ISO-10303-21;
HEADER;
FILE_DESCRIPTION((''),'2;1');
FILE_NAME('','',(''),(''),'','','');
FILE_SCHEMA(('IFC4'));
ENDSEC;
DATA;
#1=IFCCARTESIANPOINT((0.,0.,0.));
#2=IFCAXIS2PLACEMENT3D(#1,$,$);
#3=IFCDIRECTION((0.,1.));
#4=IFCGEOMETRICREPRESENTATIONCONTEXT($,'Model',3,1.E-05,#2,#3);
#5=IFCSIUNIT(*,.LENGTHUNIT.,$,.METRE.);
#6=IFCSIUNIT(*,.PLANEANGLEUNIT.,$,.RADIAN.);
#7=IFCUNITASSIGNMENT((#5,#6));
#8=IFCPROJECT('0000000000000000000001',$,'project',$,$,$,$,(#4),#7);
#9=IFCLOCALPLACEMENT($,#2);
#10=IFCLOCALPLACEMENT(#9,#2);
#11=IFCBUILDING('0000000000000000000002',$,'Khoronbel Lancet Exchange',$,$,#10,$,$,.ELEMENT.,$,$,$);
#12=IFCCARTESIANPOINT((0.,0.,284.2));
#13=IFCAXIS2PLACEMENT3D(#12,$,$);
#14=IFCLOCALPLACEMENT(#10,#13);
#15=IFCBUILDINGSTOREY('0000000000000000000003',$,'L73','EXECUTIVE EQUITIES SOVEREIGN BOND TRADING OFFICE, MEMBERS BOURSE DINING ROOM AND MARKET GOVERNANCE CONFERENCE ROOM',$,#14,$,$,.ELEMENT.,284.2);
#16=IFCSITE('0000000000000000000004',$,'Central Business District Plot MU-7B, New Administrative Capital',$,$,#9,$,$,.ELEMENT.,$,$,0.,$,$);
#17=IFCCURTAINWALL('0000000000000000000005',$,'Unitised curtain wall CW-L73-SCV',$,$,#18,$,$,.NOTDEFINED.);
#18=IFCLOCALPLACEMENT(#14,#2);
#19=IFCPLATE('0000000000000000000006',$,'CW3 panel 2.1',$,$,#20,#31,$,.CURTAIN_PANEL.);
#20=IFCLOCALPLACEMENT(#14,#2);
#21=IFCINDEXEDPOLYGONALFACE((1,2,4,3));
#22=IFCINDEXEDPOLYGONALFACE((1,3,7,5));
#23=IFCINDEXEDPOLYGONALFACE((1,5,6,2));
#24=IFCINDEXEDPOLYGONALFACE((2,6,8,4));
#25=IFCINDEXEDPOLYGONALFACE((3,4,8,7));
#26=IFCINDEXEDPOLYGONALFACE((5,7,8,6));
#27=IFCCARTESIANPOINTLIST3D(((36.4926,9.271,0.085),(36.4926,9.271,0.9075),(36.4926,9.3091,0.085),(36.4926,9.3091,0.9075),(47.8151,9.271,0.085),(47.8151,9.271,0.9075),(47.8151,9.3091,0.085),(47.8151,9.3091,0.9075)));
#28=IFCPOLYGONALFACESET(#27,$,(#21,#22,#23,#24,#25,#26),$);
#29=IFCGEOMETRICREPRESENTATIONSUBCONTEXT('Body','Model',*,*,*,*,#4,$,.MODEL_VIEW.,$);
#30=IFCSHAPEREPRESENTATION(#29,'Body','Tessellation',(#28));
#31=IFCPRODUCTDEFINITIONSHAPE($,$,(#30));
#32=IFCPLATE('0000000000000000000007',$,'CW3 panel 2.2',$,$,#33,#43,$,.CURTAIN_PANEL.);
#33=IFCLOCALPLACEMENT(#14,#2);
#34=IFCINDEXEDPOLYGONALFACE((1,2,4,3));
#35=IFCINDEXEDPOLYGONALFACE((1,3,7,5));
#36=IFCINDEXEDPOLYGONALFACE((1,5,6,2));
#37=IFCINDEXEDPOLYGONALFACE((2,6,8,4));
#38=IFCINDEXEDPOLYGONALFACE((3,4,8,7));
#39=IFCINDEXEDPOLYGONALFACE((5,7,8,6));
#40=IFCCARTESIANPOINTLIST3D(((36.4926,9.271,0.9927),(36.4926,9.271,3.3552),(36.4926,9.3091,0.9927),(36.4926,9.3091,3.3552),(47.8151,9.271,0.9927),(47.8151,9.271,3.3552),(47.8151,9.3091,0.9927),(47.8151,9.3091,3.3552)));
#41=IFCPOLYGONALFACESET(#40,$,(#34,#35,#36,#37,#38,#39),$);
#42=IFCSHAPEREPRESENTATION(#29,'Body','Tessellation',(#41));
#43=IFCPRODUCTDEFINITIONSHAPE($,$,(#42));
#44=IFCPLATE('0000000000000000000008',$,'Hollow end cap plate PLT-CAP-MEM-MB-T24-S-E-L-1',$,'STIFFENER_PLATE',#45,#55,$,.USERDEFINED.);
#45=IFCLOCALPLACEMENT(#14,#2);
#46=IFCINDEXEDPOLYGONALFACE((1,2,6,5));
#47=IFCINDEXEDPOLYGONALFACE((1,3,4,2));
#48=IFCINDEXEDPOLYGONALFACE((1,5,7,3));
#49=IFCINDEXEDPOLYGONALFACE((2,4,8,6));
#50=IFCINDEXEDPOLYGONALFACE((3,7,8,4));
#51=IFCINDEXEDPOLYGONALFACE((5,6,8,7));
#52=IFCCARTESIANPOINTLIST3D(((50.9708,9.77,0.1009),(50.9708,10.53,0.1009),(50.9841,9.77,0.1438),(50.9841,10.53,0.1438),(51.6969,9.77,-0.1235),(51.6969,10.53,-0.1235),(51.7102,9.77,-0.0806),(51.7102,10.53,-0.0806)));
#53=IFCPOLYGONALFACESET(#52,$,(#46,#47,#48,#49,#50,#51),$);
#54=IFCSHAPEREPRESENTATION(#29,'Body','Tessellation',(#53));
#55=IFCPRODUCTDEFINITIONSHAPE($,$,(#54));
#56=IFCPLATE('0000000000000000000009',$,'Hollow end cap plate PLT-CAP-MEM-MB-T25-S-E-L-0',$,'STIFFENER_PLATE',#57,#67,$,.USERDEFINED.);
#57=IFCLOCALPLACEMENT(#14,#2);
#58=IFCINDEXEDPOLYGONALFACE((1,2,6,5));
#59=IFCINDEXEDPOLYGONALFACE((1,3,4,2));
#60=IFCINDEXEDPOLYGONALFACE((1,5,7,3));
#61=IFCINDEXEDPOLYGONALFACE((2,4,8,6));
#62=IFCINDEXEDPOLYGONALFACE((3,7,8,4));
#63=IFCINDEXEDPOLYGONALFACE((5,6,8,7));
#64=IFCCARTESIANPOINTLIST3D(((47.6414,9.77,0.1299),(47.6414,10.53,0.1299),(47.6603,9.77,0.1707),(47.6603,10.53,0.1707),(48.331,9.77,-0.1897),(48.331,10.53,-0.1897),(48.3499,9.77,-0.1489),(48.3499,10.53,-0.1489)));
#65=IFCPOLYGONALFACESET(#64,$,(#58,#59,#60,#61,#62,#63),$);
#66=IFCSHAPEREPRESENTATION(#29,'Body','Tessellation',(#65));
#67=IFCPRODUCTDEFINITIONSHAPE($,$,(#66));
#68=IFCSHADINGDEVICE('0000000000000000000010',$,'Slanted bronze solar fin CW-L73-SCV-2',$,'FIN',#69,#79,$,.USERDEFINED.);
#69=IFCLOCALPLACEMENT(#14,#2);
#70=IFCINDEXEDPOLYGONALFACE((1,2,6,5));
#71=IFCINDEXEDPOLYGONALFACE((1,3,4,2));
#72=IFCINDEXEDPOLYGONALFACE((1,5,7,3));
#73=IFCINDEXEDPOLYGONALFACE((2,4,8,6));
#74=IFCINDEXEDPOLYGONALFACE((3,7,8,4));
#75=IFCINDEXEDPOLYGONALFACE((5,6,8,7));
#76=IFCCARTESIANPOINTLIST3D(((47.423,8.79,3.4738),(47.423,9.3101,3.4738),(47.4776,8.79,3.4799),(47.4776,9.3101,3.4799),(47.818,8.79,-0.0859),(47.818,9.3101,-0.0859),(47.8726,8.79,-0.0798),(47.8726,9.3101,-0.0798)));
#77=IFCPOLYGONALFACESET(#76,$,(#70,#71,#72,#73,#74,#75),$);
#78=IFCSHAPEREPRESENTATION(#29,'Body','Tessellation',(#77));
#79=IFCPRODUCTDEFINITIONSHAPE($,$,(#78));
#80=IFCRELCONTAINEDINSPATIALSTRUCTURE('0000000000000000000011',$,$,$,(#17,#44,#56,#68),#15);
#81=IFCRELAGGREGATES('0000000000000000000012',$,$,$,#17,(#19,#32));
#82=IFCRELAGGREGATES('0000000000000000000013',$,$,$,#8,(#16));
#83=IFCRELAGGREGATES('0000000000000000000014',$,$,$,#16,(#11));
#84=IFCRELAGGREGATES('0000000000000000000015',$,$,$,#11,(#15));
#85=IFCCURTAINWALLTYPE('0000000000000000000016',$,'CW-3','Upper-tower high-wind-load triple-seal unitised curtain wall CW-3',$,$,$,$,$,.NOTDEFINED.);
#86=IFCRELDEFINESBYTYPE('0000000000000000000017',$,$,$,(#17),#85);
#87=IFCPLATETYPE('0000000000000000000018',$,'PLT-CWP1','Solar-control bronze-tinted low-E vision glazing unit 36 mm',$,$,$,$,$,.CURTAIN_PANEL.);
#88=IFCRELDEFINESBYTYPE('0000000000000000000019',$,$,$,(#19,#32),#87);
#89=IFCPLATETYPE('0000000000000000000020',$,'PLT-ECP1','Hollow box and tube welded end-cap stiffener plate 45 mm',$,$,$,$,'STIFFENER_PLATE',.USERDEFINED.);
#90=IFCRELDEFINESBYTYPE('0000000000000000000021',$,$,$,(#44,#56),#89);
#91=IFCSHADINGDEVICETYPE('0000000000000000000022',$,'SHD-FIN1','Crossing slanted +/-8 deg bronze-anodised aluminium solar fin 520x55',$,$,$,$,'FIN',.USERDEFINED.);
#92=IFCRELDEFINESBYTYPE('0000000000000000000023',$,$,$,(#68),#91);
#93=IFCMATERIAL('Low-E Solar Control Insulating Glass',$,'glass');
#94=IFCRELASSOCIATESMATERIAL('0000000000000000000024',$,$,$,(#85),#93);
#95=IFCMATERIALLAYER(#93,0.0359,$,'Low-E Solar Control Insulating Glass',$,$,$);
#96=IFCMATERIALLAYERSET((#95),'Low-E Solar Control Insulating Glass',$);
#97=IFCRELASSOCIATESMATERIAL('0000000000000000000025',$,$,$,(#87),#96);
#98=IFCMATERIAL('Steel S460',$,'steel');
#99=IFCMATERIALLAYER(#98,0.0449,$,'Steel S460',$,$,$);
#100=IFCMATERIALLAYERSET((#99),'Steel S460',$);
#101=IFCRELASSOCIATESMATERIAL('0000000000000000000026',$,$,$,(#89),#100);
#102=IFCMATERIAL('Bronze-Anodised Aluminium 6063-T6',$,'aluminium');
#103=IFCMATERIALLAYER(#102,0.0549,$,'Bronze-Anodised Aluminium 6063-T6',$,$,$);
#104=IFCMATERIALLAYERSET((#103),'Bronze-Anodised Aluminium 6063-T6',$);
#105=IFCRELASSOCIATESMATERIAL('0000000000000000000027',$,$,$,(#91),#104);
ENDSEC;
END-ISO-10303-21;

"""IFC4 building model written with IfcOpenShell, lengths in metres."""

from ifc_helpers import new_model, si_unit, direction, frame, origin, origin_2d, place, context, subcontext, project, spatial, polyline, rectangle, outline, extrude, material, layer, layer_set, type_object, element, aggregate, save


model = new_model("IFC4")

# Units and contexts
model_context = context("Model", 3, precision=1e-05, world=origin(), true_north=direction((0.0, 1.0)))
body_context = subcontext(model_context, "Body", "Model", "MODEL_VIEW")
ifc_project = project(units=[si_unit("LENGTHUNIT", "METRE"), si_unit("PLANEANGLEUNIT", "RADIAN")], contexts=[model_context])

# Site, building, storey
site_placement = place(None, origin())
site = spatial("IfcSite", under=ifc_project, at=site_placement, Name="Central Business District Plot MU-7B, New Administrative Capital", CompositionType="ELEMENT", RefElevation=0.0)
building_placement = place(site_placement, origin())
building = spatial("IfcBuilding", under=site, at=building_placement, Name="Khoronbel Lancet Exchange", CompositionType="ELEMENT")
storey_placement = place(building_placement, frame((0.0, 0.0, 284.2)))
storey = spatial("IfcBuildingStorey", under=building, at=storey_placement, Name="L73", Description="EXECUTIVE EQUITIES SOVEREIGN BOND TRADING OFFICE, MEMBERS BOURSE DINING ROOM AND MARKET GOVERNANCE CONFERENCE ROOM", CompositionType="ELEMENT", Elevation=284.2)

# Shared definitions
ifc_material_1 = material(Name="Steel S460", Category="steel")

# Curtain wall
ifc_material_2 = material(Name="Low-E Solar Control Insulating Glass", Category="glass")
curtain_wall_type = type_object("IfcCurtainWallType", Name="CW-3", Description="Upper-tower high-wind-load triple-seal unitised curtain wall CW-3", PredefinedType="NOTDEFINED", material=ifc_material_2)
curtain_wall_1_placement = place(storey_placement, origin())
curtain_wall_1 = element("IfcCurtainWall", 1, at=curtain_wall_1_placement, inside=storey, type_object=curtain_wall_type, Name="Unitised curtain wall CW-L73-SCV", PredefinedType="NOTDEFINED")
ifc_material_3 = material(Name="Bronze-Anodised Aluminium 6063-T6", Category="aluminium")

# Plates
ifc_layer_1 = layer(ifc_material_2, 0.0359, Name="Low-E Solar Control Insulating Glass")
ifc_layer_set_1 = layer_set([ifc_layer_1], Name="Low-E Solar Control Insulating Glass")
plate_type_1 = type_object("IfcPlateType", Name="PLT-CWP1", Description="Solar-control bronze-tinted low-E vision glazing unit 36 mm", PredefinedType="CURTAIN_PANEL", material=ifc_layer_set_1)
plate_1_placement = place(storey_placement, frame((42.1538, 9.29, 0.085), z_axis=(0.0, 0.0, 1.0), x_axis=(1.0, 0.0, 0.0)))
plate_1 = element("IfcPlate", 2, at=plate_1_placement, type_object=plate_type_1, Name="CW3 panel 2.1", PredefinedType="CURTAIN_PANEL", context=body_context, shape_type="SweptSolid", body=[
    extrude(rectangle(XDim=11.3225, YDim=0.0381, at=origin_2d()), origin(), (0.0, 0.0, 1.0), 0.8225),
])
plate_2_placement = place(storey_placement, frame((42.1538, 9.29, 0.9927), z_axis=(0.0, 0.0, 1.0), x_axis=(1.0, 0.0, 0.0)))
plate_2 = element("IfcPlate", 3, at=plate_2_placement, type_object=plate_type_1, Name="CW3 panel 2.2", PredefinedType="CURTAIN_PANEL", context=body_context, shape_type="SweptSolid", body=[
    extrude(rectangle(XDim=11.3225, YDim=0.0381, at=origin_2d()), origin(), (0.0, 0.0, 1.0), 2.3625),
])
aggregate(curtain_wall_1, [plate_1, plate_2])

# Plates
ifc_layer_2 = layer(ifc_material_1, 0.0449, Name="Steel S460")
ifc_layer_set_2 = layer_set([ifc_layer_2], Name="Steel S460")
plate_type_2 = type_object("IfcPlateType", Name="PLT-ECP1", Description="Hollow box and tube welded end-cap stiffener plate 45 mm", ElementType="STIFFENER_PLATE", PredefinedType="USERDEFINED", material=ifc_layer_set_2)
for number, where, z_axis, x_axis, name in (
    (4, (51.7102, 9.77, -0.0806), (0.295237, 0.0, 0.955424), (0.0, 1.0, 0.0), "Hollow end cap plate PLT-CAP-MEM-MB-T24-S-E-L-1"),
    (5, (48.3499, 9.77, -0.1489), (0.420545, 0.0, 0.907272), (0.0, 1.0, 0.0), "Hollow end cap plate PLT-CAP-MEM-MB-T25-S-E-L-0"),
):
    element("IfcPlate", number, at=place(storey_placement, frame(where, z_axis=z_axis, x_axis=x_axis)), inside=storey, type_object=plate_type_2, Name=name, ObjectType="STIFFENER_PLATE", PredefinedType="USERDEFINED", context=body_context, shape_type="SweptSolid", body=[
        extrude(outline(polyline([(0.0, 0.0), (0.76, 0.0), (0.76, 0.76), (0.0, 0.76), (0.0, 0.0)])), origin(), (0.0, 0.0, -1.0), 0.0449),
    ])

# Shading device
ifc_layer_3 = layer(ifc_material_3, 0.0549, Name="Bronze-Anodised Aluminium 6063-T6")
ifc_layer_set_3 = layer_set([ifc_layer_3], Name="Bronze-Anodised Aluminium 6063-T6")
shading_device_type = type_object("IfcShadingDeviceType", Name="SHD-FIN1", Description="Crossing slanted +/-8 deg bronze-anodised aluminium solar fin 520x55", ElementType="FIN", PredefinedType="USERDEFINED", material=ifc_layer_set_3)
shading_device_placement = place(storey_placement, frame((47.8726, 9.3101, -0.0798), z_axis=(0.9939, 0.0, 0.110289), x_axis=(0.0, -1.0, 0.0)))
element("IfcShadingDevice", 6, at=shading_device_placement, inside=storey, type_object=shading_device_type, Name="Slanted bronze solar fin CW-L73-SCV-2", ObjectType="FIN", PredefinedType="USERDEFINED", context=body_context, shape_type="SweptSolid", body=[
    extrude(outline(polyline([(0.0, 0.0), (0.52, 0.0), (0.52, -3.5815), (0.0, -3.5815), (0.0, 0.0)])), origin(), (0.0, 0.0, -1.0), 0.0549),
])

save(model, "model.ifc")
